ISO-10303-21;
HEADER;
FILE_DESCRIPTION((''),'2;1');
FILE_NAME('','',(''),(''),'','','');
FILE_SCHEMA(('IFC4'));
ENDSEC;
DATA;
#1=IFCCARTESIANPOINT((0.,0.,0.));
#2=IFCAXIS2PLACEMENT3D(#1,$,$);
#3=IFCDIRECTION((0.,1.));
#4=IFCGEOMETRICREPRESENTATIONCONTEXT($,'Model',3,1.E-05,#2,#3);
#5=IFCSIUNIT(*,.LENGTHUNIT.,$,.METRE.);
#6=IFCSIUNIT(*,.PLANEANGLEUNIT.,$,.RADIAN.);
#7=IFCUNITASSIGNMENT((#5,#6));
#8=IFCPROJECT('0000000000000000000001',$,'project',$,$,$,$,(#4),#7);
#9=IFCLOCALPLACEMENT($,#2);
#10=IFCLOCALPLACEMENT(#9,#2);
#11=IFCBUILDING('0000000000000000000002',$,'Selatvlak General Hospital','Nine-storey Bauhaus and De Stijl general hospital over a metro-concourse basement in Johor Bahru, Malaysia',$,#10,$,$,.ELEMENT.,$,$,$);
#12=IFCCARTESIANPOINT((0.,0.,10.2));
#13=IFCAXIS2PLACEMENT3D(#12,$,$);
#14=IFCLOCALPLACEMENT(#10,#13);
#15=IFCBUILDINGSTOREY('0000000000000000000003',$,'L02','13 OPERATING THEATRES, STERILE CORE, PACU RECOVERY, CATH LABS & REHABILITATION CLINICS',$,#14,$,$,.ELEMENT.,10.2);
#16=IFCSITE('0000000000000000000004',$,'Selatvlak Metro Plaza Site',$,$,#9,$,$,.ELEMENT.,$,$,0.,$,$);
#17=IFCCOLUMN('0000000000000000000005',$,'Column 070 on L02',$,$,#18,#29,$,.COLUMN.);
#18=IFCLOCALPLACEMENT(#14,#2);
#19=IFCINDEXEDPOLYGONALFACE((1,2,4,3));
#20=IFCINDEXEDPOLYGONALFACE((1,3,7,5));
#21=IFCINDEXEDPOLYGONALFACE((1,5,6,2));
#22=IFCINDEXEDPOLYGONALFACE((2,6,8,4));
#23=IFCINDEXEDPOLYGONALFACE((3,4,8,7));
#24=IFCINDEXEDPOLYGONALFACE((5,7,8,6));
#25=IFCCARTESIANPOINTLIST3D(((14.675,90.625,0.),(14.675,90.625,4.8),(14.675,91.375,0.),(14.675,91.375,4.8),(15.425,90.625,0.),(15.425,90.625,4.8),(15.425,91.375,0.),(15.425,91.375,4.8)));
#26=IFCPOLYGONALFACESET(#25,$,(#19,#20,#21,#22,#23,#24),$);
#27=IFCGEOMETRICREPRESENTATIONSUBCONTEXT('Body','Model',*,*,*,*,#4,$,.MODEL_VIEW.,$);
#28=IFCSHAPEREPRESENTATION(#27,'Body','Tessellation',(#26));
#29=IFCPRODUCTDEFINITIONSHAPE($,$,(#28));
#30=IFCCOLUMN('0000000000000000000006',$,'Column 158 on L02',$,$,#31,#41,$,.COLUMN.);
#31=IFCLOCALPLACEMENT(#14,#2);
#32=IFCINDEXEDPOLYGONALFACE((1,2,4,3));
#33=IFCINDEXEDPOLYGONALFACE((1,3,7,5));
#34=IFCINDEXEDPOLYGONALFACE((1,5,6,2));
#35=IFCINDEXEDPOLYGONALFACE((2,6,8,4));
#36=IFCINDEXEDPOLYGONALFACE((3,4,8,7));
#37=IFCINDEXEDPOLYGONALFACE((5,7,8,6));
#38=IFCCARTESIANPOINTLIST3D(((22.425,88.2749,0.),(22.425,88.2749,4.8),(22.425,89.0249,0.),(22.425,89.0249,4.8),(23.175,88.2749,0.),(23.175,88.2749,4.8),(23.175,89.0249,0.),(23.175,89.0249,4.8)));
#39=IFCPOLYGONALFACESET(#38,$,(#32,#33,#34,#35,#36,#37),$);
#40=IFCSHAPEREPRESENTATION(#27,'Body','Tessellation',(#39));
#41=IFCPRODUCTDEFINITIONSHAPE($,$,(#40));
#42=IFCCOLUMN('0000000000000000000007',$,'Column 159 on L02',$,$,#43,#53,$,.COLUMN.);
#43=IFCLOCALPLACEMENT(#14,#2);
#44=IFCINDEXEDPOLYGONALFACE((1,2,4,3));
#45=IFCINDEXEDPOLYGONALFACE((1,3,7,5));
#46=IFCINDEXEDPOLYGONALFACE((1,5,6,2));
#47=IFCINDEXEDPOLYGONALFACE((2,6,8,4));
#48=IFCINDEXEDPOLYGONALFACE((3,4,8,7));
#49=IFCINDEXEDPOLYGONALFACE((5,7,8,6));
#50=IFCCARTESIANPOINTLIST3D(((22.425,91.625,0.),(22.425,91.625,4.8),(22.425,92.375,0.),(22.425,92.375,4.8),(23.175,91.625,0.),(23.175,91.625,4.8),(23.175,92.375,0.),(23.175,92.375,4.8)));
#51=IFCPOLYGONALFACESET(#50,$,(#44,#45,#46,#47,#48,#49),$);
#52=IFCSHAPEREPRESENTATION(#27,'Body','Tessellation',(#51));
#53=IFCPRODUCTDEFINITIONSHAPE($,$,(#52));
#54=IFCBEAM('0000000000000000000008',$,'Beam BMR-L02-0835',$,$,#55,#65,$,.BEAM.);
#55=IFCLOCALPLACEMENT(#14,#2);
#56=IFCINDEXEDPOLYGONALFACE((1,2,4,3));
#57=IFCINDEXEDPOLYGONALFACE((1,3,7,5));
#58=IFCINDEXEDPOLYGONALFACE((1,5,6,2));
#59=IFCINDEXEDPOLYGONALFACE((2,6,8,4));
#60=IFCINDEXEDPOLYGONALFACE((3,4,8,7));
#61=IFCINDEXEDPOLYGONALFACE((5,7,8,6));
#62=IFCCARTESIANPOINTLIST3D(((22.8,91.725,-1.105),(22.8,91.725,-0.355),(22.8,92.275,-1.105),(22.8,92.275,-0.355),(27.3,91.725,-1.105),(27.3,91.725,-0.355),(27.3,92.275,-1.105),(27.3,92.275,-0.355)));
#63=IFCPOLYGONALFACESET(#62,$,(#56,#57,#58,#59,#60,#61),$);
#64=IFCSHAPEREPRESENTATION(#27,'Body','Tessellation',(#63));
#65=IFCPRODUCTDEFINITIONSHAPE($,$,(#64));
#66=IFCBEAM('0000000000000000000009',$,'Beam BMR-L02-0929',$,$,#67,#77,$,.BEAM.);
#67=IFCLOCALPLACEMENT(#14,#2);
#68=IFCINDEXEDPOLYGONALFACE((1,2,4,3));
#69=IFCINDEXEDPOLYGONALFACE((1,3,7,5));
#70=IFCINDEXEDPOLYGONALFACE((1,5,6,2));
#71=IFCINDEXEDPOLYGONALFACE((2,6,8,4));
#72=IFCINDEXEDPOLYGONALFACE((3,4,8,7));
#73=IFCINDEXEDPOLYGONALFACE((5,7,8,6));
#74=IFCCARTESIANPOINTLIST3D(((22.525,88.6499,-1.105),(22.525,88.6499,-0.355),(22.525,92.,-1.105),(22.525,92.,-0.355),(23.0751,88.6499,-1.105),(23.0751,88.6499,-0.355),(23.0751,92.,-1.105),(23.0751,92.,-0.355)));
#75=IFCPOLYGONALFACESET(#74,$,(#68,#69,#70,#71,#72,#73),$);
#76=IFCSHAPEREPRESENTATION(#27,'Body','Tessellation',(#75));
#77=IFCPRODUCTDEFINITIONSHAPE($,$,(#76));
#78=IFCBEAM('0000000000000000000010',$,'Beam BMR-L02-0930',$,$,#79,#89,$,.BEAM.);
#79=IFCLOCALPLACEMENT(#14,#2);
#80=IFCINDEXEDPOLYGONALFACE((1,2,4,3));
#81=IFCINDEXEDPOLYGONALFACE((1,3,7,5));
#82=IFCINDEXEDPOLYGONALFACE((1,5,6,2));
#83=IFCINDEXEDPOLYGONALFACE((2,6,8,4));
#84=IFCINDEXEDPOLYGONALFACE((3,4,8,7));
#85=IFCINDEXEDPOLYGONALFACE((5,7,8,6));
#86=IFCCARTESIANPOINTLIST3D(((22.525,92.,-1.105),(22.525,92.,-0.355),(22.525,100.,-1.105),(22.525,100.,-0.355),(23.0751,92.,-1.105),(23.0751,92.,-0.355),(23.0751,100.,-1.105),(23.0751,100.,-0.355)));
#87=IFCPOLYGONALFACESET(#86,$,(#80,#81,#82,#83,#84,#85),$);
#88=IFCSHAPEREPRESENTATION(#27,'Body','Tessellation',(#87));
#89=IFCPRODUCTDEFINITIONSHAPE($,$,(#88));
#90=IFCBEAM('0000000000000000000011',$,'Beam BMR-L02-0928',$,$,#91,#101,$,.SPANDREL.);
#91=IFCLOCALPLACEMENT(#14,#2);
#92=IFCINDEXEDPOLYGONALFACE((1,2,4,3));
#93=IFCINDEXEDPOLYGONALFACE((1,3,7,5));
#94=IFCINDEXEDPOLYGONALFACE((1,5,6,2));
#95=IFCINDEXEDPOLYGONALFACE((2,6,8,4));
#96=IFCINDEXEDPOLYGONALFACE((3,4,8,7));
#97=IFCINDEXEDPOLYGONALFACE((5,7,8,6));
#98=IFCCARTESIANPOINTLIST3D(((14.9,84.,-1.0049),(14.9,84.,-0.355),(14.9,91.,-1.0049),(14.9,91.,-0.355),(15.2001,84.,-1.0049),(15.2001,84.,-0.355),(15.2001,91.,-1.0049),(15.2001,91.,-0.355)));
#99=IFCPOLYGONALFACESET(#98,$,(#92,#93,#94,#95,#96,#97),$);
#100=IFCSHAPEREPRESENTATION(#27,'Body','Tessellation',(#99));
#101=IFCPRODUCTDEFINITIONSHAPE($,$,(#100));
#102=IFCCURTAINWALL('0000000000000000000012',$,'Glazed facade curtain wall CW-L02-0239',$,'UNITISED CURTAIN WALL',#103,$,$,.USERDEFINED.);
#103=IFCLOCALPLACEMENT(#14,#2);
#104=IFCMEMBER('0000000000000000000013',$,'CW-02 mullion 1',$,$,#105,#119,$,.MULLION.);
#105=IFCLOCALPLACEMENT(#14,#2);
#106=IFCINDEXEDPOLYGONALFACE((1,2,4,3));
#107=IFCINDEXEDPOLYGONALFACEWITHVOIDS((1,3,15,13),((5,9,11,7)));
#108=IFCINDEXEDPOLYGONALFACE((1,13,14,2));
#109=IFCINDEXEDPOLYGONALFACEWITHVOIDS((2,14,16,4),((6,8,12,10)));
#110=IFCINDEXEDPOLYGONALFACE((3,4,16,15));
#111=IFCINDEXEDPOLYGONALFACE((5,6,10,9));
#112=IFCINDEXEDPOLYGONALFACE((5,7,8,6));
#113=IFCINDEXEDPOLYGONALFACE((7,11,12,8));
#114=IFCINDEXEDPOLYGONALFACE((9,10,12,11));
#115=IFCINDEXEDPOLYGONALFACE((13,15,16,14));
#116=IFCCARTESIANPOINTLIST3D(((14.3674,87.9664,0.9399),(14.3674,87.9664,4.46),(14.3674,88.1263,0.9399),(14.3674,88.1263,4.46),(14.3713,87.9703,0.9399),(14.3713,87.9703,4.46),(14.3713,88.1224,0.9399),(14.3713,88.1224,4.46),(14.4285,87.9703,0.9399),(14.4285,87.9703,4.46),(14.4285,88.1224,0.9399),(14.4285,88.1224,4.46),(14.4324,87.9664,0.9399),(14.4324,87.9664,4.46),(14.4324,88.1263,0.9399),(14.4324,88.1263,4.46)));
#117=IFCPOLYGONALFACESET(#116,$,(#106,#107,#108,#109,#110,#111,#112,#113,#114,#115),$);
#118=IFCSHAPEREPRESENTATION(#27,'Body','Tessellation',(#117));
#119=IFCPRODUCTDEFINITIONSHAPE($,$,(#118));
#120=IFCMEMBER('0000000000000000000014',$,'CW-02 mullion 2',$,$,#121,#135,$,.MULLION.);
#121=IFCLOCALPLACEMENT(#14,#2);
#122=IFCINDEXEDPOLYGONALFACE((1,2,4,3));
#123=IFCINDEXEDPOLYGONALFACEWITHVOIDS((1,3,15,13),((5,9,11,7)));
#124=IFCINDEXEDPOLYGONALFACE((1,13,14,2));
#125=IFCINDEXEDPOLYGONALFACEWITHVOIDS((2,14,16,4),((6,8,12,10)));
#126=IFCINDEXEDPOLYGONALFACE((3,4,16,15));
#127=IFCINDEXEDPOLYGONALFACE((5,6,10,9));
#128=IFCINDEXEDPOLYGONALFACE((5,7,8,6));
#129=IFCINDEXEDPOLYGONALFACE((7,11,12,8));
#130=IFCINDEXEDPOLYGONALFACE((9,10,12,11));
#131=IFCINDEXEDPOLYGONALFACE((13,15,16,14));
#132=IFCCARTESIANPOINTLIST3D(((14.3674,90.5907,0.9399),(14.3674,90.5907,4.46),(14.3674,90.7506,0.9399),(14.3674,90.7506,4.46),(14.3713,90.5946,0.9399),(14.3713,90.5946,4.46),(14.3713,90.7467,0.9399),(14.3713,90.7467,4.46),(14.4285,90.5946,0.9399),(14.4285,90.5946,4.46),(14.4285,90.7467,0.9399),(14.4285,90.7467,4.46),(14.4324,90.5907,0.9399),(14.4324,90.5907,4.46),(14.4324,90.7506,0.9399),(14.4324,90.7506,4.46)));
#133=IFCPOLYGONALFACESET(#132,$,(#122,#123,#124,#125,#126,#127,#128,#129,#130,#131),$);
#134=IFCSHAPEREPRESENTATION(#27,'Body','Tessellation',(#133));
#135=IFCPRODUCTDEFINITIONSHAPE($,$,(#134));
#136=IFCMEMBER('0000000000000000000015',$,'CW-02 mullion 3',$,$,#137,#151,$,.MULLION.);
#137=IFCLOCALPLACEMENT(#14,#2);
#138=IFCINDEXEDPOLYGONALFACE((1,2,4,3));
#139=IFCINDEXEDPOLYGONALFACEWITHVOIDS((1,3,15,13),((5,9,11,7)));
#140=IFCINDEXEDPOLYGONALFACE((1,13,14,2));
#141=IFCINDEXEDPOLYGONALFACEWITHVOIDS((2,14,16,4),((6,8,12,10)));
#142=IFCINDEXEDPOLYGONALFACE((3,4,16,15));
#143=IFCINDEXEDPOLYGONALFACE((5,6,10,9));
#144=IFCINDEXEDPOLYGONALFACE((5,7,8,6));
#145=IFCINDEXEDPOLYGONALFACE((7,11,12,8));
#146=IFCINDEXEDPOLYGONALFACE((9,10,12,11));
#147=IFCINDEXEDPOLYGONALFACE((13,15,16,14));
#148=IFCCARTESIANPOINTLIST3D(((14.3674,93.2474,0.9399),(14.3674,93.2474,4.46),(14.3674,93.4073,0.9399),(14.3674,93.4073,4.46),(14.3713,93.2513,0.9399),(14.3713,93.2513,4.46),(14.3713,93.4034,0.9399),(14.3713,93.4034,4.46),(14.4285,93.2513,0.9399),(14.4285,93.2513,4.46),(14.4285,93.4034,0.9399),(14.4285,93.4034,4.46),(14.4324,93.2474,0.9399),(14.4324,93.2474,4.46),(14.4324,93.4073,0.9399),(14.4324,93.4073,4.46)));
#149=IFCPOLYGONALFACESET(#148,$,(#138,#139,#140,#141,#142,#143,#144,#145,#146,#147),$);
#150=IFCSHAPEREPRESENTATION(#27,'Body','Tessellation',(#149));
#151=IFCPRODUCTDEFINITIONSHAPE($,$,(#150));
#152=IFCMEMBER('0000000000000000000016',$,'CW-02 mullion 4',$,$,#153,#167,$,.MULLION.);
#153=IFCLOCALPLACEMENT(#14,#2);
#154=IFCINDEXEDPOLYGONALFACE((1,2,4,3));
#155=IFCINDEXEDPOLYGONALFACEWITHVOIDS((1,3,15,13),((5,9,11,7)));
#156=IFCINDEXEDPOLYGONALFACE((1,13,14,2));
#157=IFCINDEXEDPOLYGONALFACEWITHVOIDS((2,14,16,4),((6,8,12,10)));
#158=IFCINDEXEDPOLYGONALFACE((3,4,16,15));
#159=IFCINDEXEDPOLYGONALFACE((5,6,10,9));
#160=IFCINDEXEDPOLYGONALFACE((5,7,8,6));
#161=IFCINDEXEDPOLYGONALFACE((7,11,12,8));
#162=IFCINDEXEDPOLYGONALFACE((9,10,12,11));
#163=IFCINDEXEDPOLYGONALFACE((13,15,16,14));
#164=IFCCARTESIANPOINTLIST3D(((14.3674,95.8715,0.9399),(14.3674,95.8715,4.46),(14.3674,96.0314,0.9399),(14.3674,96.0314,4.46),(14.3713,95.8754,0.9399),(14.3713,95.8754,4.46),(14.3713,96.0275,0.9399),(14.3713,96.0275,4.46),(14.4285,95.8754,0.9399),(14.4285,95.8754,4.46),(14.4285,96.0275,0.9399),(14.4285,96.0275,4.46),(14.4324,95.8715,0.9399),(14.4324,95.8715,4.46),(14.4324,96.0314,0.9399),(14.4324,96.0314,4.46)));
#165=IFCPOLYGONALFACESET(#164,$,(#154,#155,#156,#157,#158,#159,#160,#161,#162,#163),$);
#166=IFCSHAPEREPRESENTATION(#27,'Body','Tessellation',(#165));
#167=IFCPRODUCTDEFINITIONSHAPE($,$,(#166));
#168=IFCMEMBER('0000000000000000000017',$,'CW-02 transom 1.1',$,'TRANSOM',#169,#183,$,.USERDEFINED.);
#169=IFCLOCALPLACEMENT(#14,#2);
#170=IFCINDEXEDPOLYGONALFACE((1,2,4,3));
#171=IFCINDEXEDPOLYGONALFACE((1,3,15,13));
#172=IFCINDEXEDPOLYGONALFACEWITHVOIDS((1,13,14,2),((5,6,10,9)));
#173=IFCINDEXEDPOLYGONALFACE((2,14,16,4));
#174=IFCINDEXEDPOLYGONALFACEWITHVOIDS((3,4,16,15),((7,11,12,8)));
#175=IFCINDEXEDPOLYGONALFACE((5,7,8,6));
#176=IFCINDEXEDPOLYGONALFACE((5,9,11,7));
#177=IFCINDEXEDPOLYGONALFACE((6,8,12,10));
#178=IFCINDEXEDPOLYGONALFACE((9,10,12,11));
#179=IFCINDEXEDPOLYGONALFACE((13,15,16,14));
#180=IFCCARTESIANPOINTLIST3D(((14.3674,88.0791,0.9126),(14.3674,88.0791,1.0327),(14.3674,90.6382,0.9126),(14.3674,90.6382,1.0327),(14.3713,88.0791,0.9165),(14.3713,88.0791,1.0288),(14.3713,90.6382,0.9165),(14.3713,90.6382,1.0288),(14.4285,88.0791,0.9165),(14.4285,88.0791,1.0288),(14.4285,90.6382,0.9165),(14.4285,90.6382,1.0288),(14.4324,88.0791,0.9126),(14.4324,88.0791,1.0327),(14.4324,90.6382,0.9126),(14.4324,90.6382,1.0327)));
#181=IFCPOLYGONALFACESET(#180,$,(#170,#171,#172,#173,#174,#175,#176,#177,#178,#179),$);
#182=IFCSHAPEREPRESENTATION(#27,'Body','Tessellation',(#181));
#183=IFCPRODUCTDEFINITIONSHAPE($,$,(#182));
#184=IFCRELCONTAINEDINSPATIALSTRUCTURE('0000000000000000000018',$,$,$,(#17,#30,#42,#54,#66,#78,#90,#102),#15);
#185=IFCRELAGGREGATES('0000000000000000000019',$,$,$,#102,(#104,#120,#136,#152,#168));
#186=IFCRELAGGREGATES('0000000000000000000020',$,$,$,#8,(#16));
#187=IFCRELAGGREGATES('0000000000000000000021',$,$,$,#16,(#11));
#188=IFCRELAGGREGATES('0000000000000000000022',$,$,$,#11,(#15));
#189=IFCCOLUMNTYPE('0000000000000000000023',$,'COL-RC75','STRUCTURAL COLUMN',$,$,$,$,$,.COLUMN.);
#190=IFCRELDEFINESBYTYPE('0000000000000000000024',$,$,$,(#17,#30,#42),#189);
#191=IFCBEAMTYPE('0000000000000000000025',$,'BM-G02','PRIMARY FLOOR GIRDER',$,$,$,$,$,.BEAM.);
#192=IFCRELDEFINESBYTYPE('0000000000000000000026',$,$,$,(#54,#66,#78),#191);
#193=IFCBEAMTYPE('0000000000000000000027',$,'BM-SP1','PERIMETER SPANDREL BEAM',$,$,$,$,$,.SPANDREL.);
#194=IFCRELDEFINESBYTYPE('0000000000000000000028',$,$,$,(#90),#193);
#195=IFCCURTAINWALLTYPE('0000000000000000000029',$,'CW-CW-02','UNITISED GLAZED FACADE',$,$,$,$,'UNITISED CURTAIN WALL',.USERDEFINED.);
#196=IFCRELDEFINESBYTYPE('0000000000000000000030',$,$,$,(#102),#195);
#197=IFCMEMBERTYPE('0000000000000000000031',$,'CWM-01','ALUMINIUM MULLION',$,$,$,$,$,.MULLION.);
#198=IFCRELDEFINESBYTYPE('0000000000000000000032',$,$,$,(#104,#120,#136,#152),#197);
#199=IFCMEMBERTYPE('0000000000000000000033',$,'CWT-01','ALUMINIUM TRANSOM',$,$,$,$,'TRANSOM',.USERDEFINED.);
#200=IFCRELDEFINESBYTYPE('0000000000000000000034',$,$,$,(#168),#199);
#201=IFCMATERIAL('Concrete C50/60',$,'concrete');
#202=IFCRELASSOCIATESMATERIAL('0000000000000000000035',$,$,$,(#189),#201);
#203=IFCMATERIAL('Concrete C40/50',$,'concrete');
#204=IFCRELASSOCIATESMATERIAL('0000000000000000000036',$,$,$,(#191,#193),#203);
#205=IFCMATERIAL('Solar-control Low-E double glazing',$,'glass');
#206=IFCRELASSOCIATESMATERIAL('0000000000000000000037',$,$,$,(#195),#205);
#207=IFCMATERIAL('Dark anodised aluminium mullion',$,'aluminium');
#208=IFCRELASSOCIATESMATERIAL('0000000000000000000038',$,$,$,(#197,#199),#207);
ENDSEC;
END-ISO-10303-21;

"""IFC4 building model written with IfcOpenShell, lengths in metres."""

from ifc_helpers import new_model, si_unit, direction, frame, origin, origin_2d, place, context, subcontext, project, spatial, rectangle, hollow_rectangle, extrude, material, material_profile, profile_set, type_object, element, aggregate, save


model = new_model("IFC4")

# Units and contexts
model_context = context("Model", 3, precision=1e-05, world=origin(), true_north=direction((0.0, 1.0)))
body_context = subcontext(model_context, "Body", "Model", "MODEL_VIEW")
ifc_project = project(units=[si_unit("LENGTHUNIT", "METRE"), si_unit("PLANEANGLEUNIT", "RADIAN")], contexts=[model_context])

# Site, building, storey
site_placement = place(None, origin())
site = spatial("IfcSite", under=ifc_project, at=site_placement, Name="Selatvlak Metro Plaza Site", CompositionType="ELEMENT", RefElevation=0.0)
building_placement = place(site_placement, origin())
building = spatial("IfcBuilding", under=site, at=building_placement, Name="Selatvlak General Hospital", Description="Nine-storey Bauhaus and De Stijl general hospital over a metro-concourse basement in Johor Bahru, Malaysia", CompositionType="ELEMENT")
storey_placement = place(building_placement, frame((0.0, 0.0, 10.2)))
storey = spatial("IfcBuildingStorey", under=building, at=storey_placement, Name="L02", Description="13 OPERATING THEATRES, STERILE CORE, PACU RECOVERY, CATH LABS & REHABILITATION CLINICS", CompositionType="ELEMENT", Elevation=10.2)

# Columns
ifc_material_1 = material(Name="Concrete C50/60", Category="concrete")
ifc_material_profile_1 = material_profile(ifc_material_1, rectangle(XDim=0.75, YDim=0.75, at=origin_2d()), Name="RC-COL 750x750")
ifc_profile_set_1 = profile_set([ifc_material_profile_1], Name="Concrete C50/60")
column_type = type_object("IfcColumnType", Name="COL-RC75", Description="STRUCTURAL COLUMN", PredefinedType="COLUMN", material=ifc_profile_set_1)
for number, where, z_axis, x_axis, name in (
    (1, (15.05, 91.0, 0.0), (0.0, 0.0, 1.0), (1.0, 0.0, 0.0), "Column 070 on L02"),
    (2, (22.8, 88.6499, 0.0), (0.0, 0.0, 1.0), (1.0, 0.0, 0.0), "Column 158 on L02"),
    (3, (22.8, 92.0, 0.0), (0.0, 0.0, 1.0), (1.0, 0.0, 0.0), "Column 159 on L02"),
):
    element("IfcColumn", number, at=place(storey_placement, frame(where, z_axis=z_axis, x_axis=x_axis)), inside=storey, type_object=column_type, Name=name, PredefinedType="COLUMN", context=body_context, shape_type="SweptSolid", body=[
        extrude(rectangle(XDim=0.75, YDim=0.75, at=origin_2d()), origin(), (0.0, 0.0, 1.0), 4.8),
    ])

# Beams
ifc_material_2 = material(Name="Concrete C40/50", Category="concrete")
ifc_material_profile_2 = material_profile(ifc_material_2, rectangle(XDim=0.55, YDim=0.75, at=origin_2d()), Name="RC-BM 550x750")
ifc_profile_set_2 = profile_set([ifc_material_profile_2], Name="Concrete C40/50")
beam_type_1 = type_object("IfcBeamType", Name="BM-G02", Description="PRIMARY FLOOR GIRDER", PredefinedType="BEAM", material=ifc_profile_set_2)
beam_1_placement = place(storey_placement, frame((22.8, 92.0, -0.73), z_axis=(1.0, 0.0, 0.0), x_axis=(0.0, 1.0, 0.0)))
element("IfcBeam", 4, at=beam_1_placement, inside=storey, type_object=beam_type_1, Name="Beam BMR-L02-0835", PredefinedType="BEAM", context=body_context, shape_type="SweptSolid", body=[
    extrude(rectangle(XDim=0.55, YDim=0.75, at=origin_2d()), origin(), (0.0, 0.0, 1.0), 4.5),
])
beam_2_placement = place(storey_placement, frame((22.8, 88.6499, -0.73), z_axis=(0.0, 1.0, 0.0), x_axis=(-1.0, 0.0, 0.0)))
element("IfcBeam", 5, at=beam_2_placement, inside=storey, type_object=beam_type_1, Name="Beam BMR-L02-0929", PredefinedType="BEAM", context=body_context, shape_type="SweptSolid", body=[
    extrude(rectangle(XDim=0.55, YDim=0.75, at=origin_2d()), origin(), (0.0, 0.0, 1.0), 3.3501),
])
beam_3_placement = place(storey_placement, frame((22.8, 92.0, -0.73), z_axis=(0.0, 1.0, 0.0), x_axis=(-1.0, 0.0, 0.0)))
element("IfcBeam", 6, at=beam_3_placement, inside=storey, type_object=beam_type_1, Name="Beam BMR-L02-0930", PredefinedType="BEAM", context=body_context, shape_type="SweptSolid", body=[
    extrude(rectangle(XDim=0.55, YDim=0.75, at=origin_2d()), origin(), (0.0, 0.0, 1.0), 8.0),
])
ifc_material_profile_3 = material_profile(ifc_material_2, rectangle(XDim=0.3, YDim=0.6499, at=origin_2d()), Name="RC-SP 300x650")
ifc_profile_set_3 = profile_set([ifc_material_profile_3], Name="Concrete C40/50")
beam_type_2 = type_object("IfcBeamType", Name="BM-SP1", Description="PERIMETER SPANDREL BEAM", PredefinedType="SPANDREL", material=ifc_profile_set_3)
beam_4_placement = place(storey_placement, frame((15.05, 84.0, -0.6799), z_axis=(0.0, 1.0, 0.0), x_axis=(-1.0, 0.0, 0.0)))
element("IfcBeam", 7, at=beam_4_placement, inside=storey, type_object=beam_type_2, Name="Beam BMR-L02-0928", PredefinedType="SPANDREL", context=body_context, shape_type="SweptSolid", body=[
    extrude(rectangle(XDim=0.3, YDim=0.6499, at=origin_2d()), origin(), (0.0, 0.0, 1.0), 7.0),
])

# Curtain wall, members
ifc_material_3 = material(Name="Solar-control Low-E double glazing", Category="glass")
curtain_wall_type = type_object("IfcCurtainWallType", Name="CW-CW-02", Description="UNITISED GLAZED FACADE", ElementType="UNITISED CURTAIN WALL", PredefinedType="USERDEFINED", material=ifc_material_3)
curtain_wall_placement = place(storey_placement, origin())
curtain_wall = element("IfcCurtainWall", 8, at=curtain_wall_placement, inside=storey, type_object=curtain_wall_type, Name="Glazed facade curtain wall CW-L02-0239", ObjectType="UNITISED CURTAIN WALL", PredefinedType="USERDEFINED")
ifc_material_4 = material(Name="Dark anodised aluminium mullion", Category="aluminium")
ifc_material_profile_4 = material_profile(ifc_material_4, hollow_rectangle(XDim=0.0649, YDim=0.1599, WallThickness=0.0039, at=origin_2d()), Name="AL-MUL 65x160x4")
ifc_profile_set_4 = profile_set([ifc_material_profile_4], Name="Dark anodised aluminium mullion")
member_type_1 = type_object("IfcMemberType", Name="CWM-01", Description="ALUMINIUM MULLION", PredefinedType="MULLION", material=ifc_profile_set_4)
member_1_placement = place(storey_placement, frame((14.3999, 88.0464, 0.9399), z_axis=(0.0, 0.0, 1.0), x_axis=(-1.0, 0.0, 0.0)))
member_1 = element("IfcMember", 9, at=member_1_placement, type_object=member_type_1, Name="CW-02 mullion 1", PredefinedType="MULLION", context=body_context, shape_type="SweptSolid", body=[
    extrude(hollow_rectangle(XDim=0.0649, YDim=0.1599, WallThickness=0.0039, at=origin_2d()), origin(), (0.0, 0.0, 1.0), 3.52),
])
member_2_placement = place(storey_placement, frame((14.3999, 90.6707, 0.9399), z_axis=(0.0, 0.0, 1.0), x_axis=(-1.0, 0.0, 0.0)))
member_2 = element("IfcMember", 10, at=member_2_placement, type_object=member_type_1, Name="CW-02 mullion 2", PredefinedType="MULLION", context=body_context, shape_type="SweptSolid", body=[
    extrude(hollow_rectangle(XDim=0.0649, YDim=0.1599, WallThickness=0.0039, at=origin_2d()), origin(), (0.0, 0.0, 1.0), 3.52),
])
member_3_placement = place(storey_placement, frame((14.3999, 93.3274, 0.9399), z_axis=(0.0, 0.0, 1.0), x_axis=(-1.0, 0.0, 0.0)))
member_3 = element("IfcMember", 11, at=member_3_placement, type_object=member_type_1, Name="CW-02 mullion 3", PredefinedType="MULLION", context=body_context, shape_type="SweptSolid", body=[
    extrude(hollow_rectangle(XDim=0.0649, YDim=0.1599, WallThickness=0.0039, at=origin_2d()), origin(), (0.0, 0.0, 1.0), 3.52),
])
member_4_placement = place(storey_placement, frame((14.3999, 95.9514, 0.9399), z_axis=(0.0, 0.0, 1.0), x_axis=(-1.0, 0.0, 0.0)))
member_4 = element("IfcMember", 12, at=member_4_placement, type_object=member_type_1, Name="CW-02 mullion 4", PredefinedType="MULLION", context=body_context, shape_type="SweptSolid", body=[
    extrude(hollow_rectangle(XDim=0.0649, YDim=0.1599, WallThickness=0.0039, at=origin_2d()), origin(), (0.0, 0.0, 1.0), 3.52),
])
ifc_material_profile_5 = material_profile(ifc_material_4, hollow_rectangle(XDim=0.0649, YDim=0.1201, WallThickness=0.0039, at=origin_2d()), Name="AL-TRN 65x120x4")
ifc_profile_set_5 = profile_set([ifc_material_profile_5], Name="Dark anodised aluminium mullion")
member_type_2 = type_object("IfcMemberType", Name="CWT-01", Description="ALUMINIUM TRANSOM", ElementType="TRANSOM", PredefinedType="USERDEFINED", material=ifc_profile_set_5)
member_5_placement = place(storey_placement, frame((14.3999, 88.0791, 0.9727), z_axis=(0.0, 1.0, 0.0), x_axis=(-1.0, 0.0, 0.0)))
member_5 = element("IfcMember", 13, at=member_5_placement, type_object=member_type_2, Name="CW-02 transom 1.1", ObjectType="TRANSOM", PredefinedType="USERDEFINED", context=body_context, shape_type="SweptSolid", body=[
    extrude(hollow_rectangle(XDim=0.0649, YDim=0.1201, WallThickness=0.0039, at=origin_2d()), origin(), (0.0, 0.0, 1.0), 2.5591),
])
aggregate(curtain_wall, [member_1, member_2, member_3, member_4, member_5])

save(model, "model.ifc")
